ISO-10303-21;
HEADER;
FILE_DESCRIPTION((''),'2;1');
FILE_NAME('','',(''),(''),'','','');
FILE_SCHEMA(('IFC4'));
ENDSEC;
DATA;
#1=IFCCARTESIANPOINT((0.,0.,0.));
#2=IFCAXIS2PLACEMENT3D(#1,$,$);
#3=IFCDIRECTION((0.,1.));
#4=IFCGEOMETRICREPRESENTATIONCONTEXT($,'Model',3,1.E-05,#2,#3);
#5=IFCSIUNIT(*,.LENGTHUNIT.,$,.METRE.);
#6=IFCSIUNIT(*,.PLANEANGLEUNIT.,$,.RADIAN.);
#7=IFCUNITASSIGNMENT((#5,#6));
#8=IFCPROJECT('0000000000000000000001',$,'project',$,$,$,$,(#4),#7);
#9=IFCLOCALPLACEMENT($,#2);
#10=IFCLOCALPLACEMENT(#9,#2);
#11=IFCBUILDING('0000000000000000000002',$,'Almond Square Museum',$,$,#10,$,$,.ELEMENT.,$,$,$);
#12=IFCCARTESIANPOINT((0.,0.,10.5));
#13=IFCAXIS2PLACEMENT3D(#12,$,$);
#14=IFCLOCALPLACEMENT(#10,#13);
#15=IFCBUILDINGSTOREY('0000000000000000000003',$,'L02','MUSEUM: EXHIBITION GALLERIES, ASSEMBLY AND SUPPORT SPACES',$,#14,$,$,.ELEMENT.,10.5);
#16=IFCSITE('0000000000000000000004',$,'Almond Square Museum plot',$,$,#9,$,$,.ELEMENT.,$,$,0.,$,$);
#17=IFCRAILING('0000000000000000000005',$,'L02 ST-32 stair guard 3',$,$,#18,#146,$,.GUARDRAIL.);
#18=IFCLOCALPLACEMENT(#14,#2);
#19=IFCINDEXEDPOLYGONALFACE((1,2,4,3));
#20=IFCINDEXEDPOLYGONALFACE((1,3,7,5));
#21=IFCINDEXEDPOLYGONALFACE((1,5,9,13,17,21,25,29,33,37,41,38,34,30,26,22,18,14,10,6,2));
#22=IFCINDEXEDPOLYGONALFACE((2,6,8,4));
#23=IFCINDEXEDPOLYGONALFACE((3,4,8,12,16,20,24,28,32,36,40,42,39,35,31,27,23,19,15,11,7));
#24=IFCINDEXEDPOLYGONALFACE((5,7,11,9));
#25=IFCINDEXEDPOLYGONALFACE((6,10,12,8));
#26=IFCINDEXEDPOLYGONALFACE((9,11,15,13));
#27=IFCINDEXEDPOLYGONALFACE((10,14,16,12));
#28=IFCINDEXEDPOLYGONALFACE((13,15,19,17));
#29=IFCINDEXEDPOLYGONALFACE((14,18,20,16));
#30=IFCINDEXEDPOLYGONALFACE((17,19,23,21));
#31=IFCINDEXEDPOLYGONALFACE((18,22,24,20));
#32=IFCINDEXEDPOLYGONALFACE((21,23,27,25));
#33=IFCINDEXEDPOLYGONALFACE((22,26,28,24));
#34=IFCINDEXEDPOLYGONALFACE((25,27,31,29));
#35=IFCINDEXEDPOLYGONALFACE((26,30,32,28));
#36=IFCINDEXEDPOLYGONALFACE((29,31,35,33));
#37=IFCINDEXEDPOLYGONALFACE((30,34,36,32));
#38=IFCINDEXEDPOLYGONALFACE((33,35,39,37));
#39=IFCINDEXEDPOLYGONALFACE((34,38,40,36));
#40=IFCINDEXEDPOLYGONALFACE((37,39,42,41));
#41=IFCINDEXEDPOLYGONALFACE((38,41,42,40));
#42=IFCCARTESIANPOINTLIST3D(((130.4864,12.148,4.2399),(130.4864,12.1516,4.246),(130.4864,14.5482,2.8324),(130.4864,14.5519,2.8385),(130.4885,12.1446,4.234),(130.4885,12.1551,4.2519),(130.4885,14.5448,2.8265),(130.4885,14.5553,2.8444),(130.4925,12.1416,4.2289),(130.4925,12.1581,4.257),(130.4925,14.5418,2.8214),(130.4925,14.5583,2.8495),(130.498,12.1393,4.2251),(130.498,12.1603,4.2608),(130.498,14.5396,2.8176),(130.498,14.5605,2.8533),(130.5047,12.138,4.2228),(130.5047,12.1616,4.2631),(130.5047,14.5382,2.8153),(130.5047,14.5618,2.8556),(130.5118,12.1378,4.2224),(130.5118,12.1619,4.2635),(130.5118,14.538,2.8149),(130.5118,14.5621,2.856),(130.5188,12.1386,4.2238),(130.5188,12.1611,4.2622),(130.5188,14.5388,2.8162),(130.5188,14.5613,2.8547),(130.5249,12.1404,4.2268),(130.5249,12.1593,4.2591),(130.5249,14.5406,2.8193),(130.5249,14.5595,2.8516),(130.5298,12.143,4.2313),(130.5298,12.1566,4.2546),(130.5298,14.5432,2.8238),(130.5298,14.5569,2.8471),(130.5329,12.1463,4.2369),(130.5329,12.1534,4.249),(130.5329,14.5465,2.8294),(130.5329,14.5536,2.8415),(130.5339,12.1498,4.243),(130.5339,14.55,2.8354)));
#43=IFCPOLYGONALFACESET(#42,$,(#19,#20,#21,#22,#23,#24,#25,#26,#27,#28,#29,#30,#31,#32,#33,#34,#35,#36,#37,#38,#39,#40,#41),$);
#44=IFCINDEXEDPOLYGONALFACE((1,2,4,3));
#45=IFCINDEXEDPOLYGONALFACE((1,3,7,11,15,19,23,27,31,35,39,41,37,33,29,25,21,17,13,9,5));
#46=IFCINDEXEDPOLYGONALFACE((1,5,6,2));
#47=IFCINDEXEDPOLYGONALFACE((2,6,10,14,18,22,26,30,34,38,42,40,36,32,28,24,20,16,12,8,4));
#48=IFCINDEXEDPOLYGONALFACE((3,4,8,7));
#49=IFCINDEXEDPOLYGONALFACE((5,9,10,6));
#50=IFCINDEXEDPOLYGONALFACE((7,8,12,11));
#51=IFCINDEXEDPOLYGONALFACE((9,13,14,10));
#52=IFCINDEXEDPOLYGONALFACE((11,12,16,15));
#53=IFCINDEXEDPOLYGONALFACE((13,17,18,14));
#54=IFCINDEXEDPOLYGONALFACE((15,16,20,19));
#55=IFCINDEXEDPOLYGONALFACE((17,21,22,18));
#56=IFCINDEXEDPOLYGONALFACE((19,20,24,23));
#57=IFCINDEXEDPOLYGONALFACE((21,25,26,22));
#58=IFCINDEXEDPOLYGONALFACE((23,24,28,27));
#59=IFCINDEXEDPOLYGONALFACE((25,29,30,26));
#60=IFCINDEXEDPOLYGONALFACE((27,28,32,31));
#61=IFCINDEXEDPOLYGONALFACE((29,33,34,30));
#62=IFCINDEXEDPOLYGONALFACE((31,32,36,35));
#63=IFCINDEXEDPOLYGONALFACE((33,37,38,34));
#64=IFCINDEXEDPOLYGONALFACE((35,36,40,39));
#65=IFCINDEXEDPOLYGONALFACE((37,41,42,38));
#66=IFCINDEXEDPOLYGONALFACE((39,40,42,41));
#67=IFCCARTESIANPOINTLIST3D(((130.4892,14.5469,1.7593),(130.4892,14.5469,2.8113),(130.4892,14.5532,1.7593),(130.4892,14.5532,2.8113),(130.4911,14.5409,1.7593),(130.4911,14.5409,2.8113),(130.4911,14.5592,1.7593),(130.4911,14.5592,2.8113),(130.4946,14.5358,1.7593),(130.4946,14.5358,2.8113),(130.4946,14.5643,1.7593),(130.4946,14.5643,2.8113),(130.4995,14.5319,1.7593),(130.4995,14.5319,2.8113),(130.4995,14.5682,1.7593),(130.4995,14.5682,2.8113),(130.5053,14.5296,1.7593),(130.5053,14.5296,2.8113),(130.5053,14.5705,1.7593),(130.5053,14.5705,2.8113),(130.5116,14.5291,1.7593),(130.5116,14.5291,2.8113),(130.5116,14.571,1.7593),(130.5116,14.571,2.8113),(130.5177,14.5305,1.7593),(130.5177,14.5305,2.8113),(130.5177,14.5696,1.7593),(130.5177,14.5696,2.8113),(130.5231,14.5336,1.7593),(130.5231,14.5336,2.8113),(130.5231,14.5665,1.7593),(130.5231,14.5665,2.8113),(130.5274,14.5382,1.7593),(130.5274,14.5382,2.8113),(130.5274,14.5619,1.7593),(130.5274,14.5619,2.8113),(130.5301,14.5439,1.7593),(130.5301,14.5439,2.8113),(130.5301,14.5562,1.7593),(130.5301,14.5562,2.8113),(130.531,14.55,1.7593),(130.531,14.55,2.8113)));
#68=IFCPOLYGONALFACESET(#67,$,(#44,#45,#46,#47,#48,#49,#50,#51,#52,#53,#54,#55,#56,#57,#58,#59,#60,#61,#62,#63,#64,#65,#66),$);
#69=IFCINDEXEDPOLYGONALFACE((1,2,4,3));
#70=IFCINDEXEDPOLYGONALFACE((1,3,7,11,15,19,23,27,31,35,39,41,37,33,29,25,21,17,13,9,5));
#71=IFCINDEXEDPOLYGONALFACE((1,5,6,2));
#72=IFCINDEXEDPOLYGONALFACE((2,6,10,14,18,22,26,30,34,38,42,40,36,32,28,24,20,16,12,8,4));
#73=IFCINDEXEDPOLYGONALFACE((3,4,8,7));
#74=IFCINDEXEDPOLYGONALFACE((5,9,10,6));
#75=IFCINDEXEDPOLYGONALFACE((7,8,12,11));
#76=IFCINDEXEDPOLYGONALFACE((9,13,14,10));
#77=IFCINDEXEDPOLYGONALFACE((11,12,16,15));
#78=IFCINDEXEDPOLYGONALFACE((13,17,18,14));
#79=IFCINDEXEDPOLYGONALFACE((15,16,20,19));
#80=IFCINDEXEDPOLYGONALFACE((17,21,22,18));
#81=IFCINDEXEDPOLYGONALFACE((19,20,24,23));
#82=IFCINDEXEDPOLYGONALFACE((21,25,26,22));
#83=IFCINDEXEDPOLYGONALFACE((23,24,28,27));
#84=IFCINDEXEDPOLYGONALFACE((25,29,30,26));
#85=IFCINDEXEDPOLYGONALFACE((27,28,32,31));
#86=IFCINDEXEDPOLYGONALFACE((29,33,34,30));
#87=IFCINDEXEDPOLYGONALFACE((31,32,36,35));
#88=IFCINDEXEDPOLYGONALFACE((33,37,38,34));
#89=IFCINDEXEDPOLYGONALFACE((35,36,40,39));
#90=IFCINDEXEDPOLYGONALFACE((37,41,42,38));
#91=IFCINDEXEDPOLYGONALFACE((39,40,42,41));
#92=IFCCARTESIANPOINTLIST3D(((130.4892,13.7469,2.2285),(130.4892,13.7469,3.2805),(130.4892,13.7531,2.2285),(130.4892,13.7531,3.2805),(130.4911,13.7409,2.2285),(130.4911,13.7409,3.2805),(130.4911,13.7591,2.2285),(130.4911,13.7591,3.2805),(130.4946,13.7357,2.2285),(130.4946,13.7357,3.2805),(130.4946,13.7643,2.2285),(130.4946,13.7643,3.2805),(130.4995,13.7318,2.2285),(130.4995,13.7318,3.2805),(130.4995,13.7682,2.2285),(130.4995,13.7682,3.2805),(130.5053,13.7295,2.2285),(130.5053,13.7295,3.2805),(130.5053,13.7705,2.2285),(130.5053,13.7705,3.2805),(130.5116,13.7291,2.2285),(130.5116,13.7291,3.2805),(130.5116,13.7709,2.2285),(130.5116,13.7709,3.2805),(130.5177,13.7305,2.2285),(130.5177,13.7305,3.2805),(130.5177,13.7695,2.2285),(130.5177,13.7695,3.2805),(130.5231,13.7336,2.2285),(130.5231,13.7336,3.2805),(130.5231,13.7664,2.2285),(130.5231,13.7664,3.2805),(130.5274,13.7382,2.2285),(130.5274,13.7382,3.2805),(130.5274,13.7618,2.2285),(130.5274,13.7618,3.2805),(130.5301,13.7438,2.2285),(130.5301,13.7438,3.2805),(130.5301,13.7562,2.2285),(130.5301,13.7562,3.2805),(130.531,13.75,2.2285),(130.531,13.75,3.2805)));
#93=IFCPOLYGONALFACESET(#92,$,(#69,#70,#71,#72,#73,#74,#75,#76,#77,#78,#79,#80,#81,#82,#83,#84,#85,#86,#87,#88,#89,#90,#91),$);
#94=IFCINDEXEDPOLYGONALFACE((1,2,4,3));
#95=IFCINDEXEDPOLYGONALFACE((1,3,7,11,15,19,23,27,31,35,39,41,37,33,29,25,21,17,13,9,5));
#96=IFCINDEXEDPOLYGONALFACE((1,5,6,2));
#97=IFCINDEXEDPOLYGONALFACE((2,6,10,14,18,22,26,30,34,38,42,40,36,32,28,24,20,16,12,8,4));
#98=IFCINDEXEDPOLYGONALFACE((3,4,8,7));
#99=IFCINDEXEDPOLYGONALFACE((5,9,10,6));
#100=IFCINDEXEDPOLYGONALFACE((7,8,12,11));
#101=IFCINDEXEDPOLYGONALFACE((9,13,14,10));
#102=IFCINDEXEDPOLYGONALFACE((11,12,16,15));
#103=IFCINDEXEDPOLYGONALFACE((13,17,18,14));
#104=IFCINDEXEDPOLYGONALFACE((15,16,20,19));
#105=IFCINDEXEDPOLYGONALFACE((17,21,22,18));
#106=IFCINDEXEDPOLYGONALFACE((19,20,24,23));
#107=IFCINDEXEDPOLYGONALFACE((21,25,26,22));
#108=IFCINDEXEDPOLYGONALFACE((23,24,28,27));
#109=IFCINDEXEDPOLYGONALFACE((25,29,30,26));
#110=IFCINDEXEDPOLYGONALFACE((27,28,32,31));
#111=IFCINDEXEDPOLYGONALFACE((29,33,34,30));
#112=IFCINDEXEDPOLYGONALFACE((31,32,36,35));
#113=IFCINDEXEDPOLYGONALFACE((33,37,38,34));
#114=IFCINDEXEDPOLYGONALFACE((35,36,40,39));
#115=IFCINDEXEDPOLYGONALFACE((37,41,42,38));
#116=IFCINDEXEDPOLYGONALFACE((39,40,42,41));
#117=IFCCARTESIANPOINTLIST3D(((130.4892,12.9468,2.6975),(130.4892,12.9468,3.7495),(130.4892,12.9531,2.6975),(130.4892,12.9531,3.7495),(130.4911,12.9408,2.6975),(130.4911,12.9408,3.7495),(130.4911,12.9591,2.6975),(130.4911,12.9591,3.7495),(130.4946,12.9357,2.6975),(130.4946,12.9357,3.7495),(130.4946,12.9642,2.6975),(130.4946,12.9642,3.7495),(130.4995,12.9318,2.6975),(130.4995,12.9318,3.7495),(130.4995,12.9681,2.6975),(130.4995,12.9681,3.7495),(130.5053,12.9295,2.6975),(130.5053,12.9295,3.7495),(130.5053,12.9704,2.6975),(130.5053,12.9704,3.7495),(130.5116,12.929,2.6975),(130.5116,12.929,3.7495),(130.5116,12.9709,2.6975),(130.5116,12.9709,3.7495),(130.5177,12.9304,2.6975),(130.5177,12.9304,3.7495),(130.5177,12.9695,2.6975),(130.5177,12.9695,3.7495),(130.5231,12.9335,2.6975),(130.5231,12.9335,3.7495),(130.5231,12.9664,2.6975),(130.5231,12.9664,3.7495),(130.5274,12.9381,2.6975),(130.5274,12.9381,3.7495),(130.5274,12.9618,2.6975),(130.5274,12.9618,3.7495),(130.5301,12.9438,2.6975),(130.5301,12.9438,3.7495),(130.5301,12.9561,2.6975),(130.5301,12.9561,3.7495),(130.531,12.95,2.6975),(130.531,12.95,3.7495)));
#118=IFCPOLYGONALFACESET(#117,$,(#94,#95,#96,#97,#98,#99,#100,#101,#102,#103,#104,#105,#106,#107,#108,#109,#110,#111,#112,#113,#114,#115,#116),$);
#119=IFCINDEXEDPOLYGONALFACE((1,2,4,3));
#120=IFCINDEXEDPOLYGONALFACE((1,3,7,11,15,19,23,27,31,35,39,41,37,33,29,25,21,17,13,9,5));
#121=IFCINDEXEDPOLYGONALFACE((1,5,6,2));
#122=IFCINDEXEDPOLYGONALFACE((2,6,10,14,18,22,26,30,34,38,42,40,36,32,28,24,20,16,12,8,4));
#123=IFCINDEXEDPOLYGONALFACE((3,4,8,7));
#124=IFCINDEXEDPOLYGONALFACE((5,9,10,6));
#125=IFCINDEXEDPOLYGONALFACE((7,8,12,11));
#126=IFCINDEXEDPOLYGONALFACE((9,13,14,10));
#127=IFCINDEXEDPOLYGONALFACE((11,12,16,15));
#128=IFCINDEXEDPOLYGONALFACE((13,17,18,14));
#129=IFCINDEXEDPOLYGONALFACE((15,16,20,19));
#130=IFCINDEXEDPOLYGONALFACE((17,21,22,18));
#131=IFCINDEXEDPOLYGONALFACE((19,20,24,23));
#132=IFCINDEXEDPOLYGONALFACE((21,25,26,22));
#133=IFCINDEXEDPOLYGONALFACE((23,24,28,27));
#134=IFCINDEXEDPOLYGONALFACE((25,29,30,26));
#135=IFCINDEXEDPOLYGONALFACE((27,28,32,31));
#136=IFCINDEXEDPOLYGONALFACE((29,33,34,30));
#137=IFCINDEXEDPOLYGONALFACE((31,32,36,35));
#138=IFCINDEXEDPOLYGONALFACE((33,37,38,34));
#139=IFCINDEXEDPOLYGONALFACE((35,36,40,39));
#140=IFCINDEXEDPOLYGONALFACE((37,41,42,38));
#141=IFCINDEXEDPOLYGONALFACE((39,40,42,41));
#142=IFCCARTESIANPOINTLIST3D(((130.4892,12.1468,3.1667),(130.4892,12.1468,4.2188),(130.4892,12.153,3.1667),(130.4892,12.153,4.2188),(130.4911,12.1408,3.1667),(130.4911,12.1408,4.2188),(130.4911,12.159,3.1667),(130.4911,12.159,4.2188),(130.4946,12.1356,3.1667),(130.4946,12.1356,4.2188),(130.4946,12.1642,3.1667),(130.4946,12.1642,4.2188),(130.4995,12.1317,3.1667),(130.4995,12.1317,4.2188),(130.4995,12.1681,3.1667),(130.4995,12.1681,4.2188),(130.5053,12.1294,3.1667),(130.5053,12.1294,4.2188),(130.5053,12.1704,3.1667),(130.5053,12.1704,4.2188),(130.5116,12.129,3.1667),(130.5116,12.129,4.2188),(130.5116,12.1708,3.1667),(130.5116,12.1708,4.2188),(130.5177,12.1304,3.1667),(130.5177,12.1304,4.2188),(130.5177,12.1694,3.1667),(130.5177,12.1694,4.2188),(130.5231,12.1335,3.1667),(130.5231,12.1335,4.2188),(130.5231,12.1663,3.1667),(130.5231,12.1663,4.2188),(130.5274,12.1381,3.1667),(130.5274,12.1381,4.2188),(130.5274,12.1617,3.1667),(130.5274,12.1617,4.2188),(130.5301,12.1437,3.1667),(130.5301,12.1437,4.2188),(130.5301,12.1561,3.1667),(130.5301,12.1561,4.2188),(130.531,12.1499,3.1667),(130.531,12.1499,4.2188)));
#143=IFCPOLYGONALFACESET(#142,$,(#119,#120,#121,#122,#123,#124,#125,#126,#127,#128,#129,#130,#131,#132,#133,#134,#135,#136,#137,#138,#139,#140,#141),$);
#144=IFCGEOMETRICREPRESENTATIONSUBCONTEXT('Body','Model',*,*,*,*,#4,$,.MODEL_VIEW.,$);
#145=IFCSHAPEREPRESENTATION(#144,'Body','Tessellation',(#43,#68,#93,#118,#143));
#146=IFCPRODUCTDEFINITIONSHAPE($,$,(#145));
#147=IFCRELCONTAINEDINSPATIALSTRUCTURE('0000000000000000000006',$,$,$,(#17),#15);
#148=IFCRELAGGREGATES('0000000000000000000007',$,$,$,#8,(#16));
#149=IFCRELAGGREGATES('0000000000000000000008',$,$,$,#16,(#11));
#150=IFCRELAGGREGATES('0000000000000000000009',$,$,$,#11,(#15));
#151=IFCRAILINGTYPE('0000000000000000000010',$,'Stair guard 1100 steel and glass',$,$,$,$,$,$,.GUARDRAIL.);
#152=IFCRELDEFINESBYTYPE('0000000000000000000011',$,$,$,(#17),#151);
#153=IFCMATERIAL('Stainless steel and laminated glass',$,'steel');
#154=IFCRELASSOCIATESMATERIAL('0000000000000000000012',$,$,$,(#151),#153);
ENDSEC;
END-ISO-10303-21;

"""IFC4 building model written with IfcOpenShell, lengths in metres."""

from ifc_helpers import new_model, si_unit, direction, frame, origin, origin_2d, place, context, subcontext, project, spatial, circle, extrude, material, type_object, element, save


model = new_model("IFC4")

# Units and contexts
model_context = context("Model", 3, precision=1e-05, world=origin(), true_north=direction((0.0, 1.0)))
body_context = subcontext(model_context, "Body", "Model", "MODEL_VIEW")
ifc_project = project(units=[si_unit("LENGTHUNIT", "METRE"), si_unit("PLANEANGLEUNIT", "RADIAN")], contexts=[model_context])

# Site, building, storey
site_placement = place(None, origin())
site = spatial("IfcSite", under=ifc_project, at=site_placement, Name="Almond Square Museum plot", CompositionType="ELEMENT", RefElevation=0.0)
building_placement = place(site_placement, origin())
building = spatial("IfcBuilding", under=site, at=building_placement, Name="Almond Square Museum", CompositionType="ELEMENT")
storey_placement = place(building_placement, frame((0.0, 0.0, 10.5)))
storey = spatial("IfcBuildingStorey", under=building, at=storey_placement, Name="L02", Description="MUSEUM: EXHIBITION GALLERIES, ASSEMBLY AND SUPPORT SPACES", CompositionType="ELEMENT", Elevation=10.5)

# Railing
ifc_material_1 = material(Name="Stainless steel and laminated glass", Category="steel")
railing_type_1 = type_object("IfcRailingType", Name="Stair guard 1100 steel and glass", PredefinedType="GUARDRAIL", material=ifc_material_1)
railing_1_placement = place(storey_placement, frame((130.51, 14.55, 1.7593)))
element("IfcRailing", 1, at=railing_1_placement, inside=storey, type_object=railing_type_1, Name="L02 ST-32 stair guard 3", PredefinedType="GUARDRAIL", context=body_context, shape_type="SweptSolid", body=[
    extrude(circle(Radius=0.0239, at=origin_2d()), frame((0.0, 0.0, 1.0762), z_axis=(0.0, -0.862621, 0.50585), x_axis=(1.0, 0.0, 0.0)), (0.0, 0.0, 1.0), 2.7825),
    extrude(circle(Radius=0.021, at=origin_2d()), origin(), (0.0, 0.0, 1.0), 1.052),
    extrude(circle(Radius=0.021, at=origin_2d()), frame((0.0, -0.8, 0.4692)), (0.0, 0.0, 1.0), 1.052),
    extrude(circle(Radius=0.021, at=origin_2d()), frame((0.0, -1.6001, 0.9382)), (0.0, 0.0, 1.0), 1.052),
    extrude(circle(Radius=0.021, at=origin_2d()), frame((0.0, -2.4001, 1.4075)), (0.0, 0.0, 1.0), 1.052),
])

save(model, "model.ifc")
